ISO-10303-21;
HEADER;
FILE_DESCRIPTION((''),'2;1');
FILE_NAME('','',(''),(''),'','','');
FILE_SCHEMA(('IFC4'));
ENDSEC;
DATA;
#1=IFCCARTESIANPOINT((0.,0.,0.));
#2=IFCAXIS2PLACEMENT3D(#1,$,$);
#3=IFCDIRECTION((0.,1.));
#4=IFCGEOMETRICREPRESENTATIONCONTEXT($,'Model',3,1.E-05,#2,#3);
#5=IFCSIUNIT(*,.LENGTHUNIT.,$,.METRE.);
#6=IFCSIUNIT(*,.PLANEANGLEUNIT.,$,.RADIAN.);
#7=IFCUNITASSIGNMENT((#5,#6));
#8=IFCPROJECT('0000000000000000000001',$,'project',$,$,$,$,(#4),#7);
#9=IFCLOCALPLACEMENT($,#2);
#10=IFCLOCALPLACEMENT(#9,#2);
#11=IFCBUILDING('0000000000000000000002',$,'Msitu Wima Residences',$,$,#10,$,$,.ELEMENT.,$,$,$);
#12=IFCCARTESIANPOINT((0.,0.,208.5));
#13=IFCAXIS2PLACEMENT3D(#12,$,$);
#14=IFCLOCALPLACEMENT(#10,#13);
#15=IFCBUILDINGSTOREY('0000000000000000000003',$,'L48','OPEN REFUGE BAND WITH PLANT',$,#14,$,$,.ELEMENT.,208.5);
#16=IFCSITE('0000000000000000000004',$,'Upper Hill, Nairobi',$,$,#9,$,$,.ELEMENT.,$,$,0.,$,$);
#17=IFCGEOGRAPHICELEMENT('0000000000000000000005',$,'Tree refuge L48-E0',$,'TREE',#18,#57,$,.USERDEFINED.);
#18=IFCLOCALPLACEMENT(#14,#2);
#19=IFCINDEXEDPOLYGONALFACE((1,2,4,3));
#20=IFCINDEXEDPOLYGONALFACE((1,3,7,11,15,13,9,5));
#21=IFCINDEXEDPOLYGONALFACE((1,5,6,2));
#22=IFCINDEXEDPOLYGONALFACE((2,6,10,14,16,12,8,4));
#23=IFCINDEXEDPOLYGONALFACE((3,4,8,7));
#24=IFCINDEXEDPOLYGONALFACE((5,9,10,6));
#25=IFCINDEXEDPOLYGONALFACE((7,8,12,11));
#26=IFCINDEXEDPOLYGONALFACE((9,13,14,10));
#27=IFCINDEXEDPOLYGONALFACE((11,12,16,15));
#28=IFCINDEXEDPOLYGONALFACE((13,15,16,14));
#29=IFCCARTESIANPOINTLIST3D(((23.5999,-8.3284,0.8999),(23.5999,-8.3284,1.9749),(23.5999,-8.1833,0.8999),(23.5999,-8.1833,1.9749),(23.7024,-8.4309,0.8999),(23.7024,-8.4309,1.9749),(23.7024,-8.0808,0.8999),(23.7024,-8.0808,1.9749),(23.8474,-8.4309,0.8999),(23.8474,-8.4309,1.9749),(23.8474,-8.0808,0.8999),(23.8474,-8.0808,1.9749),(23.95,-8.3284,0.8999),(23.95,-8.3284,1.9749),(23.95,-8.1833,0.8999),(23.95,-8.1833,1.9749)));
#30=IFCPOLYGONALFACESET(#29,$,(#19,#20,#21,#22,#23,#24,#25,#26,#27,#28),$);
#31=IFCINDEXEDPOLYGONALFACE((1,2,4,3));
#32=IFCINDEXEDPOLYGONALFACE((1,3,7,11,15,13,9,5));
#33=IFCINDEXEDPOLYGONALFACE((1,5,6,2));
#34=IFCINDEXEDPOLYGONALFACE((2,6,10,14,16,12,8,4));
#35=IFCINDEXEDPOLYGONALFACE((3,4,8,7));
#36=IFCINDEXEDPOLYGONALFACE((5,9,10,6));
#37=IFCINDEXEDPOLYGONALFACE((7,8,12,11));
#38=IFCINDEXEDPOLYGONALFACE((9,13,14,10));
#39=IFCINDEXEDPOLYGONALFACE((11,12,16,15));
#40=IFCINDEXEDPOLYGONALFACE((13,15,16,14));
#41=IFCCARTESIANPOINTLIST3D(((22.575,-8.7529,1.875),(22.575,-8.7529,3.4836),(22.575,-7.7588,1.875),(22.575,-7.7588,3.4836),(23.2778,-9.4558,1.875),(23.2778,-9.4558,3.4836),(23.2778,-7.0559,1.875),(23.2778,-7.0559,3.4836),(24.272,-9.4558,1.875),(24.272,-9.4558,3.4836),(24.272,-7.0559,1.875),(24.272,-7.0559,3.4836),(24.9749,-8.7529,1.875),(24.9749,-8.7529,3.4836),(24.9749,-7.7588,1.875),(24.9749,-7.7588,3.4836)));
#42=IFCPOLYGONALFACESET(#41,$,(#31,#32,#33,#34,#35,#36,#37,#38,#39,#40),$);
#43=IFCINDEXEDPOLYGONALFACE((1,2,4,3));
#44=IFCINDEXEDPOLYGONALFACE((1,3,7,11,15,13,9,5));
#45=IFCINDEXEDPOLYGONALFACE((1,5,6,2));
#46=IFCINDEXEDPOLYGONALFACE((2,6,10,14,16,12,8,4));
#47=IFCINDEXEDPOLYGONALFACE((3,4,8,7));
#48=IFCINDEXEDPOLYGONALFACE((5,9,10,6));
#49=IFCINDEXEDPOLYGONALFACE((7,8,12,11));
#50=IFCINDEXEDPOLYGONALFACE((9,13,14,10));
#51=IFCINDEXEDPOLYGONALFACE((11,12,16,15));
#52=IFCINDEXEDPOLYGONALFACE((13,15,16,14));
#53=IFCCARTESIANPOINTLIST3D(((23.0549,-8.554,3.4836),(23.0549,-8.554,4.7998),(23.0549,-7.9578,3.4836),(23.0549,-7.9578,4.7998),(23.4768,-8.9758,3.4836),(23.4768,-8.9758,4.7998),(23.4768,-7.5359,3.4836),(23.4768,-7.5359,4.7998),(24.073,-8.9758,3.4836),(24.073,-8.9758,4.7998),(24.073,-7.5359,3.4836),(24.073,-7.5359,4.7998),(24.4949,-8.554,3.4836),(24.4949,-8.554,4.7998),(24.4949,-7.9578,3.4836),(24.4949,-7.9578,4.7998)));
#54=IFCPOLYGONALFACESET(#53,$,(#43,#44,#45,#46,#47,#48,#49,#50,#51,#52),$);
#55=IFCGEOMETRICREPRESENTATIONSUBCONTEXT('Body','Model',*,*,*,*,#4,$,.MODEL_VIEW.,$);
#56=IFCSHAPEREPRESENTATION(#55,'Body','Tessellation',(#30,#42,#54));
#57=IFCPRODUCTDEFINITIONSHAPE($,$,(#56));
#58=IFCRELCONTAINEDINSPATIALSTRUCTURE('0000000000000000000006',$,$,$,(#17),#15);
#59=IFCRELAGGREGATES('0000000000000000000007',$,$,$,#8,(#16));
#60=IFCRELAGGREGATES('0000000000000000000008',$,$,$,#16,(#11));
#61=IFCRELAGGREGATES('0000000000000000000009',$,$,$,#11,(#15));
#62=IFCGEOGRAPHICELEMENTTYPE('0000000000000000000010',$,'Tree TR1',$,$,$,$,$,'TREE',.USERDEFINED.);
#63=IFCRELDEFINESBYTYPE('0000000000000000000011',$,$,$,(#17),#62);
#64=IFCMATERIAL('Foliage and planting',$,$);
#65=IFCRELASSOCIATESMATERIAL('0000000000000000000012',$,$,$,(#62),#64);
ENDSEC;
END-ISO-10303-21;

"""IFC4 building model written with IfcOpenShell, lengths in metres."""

from ifc_helpers import new_model, si_unit, direction, frame, origin, place, context, subcontext, project, spatial, polyline, outline, extrude, material, type_object, element, save


model = new_model("IFC4")

# Units and contexts
model_context = context("Model", 3, precision=1e-05, world=origin(), true_north=direction((0.0, 1.0)))
body_context = subcontext(model_context, "Body", "Model", "MODEL_VIEW")
ifc_project = project(units=[si_unit("LENGTHUNIT", "METRE"), si_unit("PLANEANGLEUNIT", "RADIAN")], contexts=[model_context])

# Site, building, storey
site_placement = place(None, origin())
site = spatial("IfcSite", under=ifc_project, at=site_placement, Name="Upper Hill, Nairobi", CompositionType="ELEMENT", RefElevation=0.0)
building_placement = place(site_placement, origin())
building = spatial("IfcBuilding", under=site, at=building_placement, Name="Msitu Wima Residences", CompositionType="ELEMENT")
storey_placement = place(building_placement, frame((0.0, 0.0, 208.5)))
storey = spatial("IfcBuildingStorey", under=building, at=storey_placement, Name="L48", Description="OPEN REFUGE BAND WITH PLANT", CompositionType="ELEMENT", Elevation=208.5)

# Geographic element
ifc_material_1 = material(Name="Foliage and planting")
geographic_element_type = type_object("IfcGeographicElementType", Name="Tree TR1", ElementType="TREE", PredefinedType="USERDEFINED", material=ifc_material_1)
geographic_element_placement = place(storey_placement, frame((23.7749, -8.2559, 0.8999), z_axis=(0.0, 0.0, 1.0), x_axis=(1.0, 0.0, 0.0)))
element("IfcGeographicElement", 1, at=geographic_element_placement, inside=storey, type_object=geographic_element_type, Name="Tree refuge L48-E0", ObjectType="TREE", PredefinedType="USERDEFINED", context=body_context, shape_type="SweptSolid", body=[
    extrude(outline(polyline([(0.175, 0.0725), (0.0725, 0.175), (-0.0725, 0.175), (-0.175, 0.0725), (-0.175, -0.0725), (-0.0725, -0.175), (0.0725, -0.175), (0.175, -0.0725), (0.175, 0.0725)])), origin(), (0.0, 0.0, 1.0), 1.075),
    extrude(outline(polyline([(1.2, 0.4971), (0.4971, 1.2), (-0.4971, 1.2), (-1.2, 0.4971), (-1.2, -0.4971), (-0.4971, -1.2), (0.4971, -1.2), (1.2, -0.4971), (1.2, 0.4971)])), frame((0.0, 0.0, 0.9751)), (0.0, 0.0, 1.0), 1.6086),
    extrude(outline(polyline([(0.72, 0.2981), (0.2981, 0.72), (-0.2981, 0.72), (-0.72, 0.2981), (-0.72, -0.2981), (-0.2981, -0.72), (0.2981, -0.72), (0.72, -0.2981), (0.72, 0.2981)])), frame((0.0, 0.0, 2.5837)), (0.0, 0.0, 1.0), 1.3162),
])

save(model, "model.ifc")
